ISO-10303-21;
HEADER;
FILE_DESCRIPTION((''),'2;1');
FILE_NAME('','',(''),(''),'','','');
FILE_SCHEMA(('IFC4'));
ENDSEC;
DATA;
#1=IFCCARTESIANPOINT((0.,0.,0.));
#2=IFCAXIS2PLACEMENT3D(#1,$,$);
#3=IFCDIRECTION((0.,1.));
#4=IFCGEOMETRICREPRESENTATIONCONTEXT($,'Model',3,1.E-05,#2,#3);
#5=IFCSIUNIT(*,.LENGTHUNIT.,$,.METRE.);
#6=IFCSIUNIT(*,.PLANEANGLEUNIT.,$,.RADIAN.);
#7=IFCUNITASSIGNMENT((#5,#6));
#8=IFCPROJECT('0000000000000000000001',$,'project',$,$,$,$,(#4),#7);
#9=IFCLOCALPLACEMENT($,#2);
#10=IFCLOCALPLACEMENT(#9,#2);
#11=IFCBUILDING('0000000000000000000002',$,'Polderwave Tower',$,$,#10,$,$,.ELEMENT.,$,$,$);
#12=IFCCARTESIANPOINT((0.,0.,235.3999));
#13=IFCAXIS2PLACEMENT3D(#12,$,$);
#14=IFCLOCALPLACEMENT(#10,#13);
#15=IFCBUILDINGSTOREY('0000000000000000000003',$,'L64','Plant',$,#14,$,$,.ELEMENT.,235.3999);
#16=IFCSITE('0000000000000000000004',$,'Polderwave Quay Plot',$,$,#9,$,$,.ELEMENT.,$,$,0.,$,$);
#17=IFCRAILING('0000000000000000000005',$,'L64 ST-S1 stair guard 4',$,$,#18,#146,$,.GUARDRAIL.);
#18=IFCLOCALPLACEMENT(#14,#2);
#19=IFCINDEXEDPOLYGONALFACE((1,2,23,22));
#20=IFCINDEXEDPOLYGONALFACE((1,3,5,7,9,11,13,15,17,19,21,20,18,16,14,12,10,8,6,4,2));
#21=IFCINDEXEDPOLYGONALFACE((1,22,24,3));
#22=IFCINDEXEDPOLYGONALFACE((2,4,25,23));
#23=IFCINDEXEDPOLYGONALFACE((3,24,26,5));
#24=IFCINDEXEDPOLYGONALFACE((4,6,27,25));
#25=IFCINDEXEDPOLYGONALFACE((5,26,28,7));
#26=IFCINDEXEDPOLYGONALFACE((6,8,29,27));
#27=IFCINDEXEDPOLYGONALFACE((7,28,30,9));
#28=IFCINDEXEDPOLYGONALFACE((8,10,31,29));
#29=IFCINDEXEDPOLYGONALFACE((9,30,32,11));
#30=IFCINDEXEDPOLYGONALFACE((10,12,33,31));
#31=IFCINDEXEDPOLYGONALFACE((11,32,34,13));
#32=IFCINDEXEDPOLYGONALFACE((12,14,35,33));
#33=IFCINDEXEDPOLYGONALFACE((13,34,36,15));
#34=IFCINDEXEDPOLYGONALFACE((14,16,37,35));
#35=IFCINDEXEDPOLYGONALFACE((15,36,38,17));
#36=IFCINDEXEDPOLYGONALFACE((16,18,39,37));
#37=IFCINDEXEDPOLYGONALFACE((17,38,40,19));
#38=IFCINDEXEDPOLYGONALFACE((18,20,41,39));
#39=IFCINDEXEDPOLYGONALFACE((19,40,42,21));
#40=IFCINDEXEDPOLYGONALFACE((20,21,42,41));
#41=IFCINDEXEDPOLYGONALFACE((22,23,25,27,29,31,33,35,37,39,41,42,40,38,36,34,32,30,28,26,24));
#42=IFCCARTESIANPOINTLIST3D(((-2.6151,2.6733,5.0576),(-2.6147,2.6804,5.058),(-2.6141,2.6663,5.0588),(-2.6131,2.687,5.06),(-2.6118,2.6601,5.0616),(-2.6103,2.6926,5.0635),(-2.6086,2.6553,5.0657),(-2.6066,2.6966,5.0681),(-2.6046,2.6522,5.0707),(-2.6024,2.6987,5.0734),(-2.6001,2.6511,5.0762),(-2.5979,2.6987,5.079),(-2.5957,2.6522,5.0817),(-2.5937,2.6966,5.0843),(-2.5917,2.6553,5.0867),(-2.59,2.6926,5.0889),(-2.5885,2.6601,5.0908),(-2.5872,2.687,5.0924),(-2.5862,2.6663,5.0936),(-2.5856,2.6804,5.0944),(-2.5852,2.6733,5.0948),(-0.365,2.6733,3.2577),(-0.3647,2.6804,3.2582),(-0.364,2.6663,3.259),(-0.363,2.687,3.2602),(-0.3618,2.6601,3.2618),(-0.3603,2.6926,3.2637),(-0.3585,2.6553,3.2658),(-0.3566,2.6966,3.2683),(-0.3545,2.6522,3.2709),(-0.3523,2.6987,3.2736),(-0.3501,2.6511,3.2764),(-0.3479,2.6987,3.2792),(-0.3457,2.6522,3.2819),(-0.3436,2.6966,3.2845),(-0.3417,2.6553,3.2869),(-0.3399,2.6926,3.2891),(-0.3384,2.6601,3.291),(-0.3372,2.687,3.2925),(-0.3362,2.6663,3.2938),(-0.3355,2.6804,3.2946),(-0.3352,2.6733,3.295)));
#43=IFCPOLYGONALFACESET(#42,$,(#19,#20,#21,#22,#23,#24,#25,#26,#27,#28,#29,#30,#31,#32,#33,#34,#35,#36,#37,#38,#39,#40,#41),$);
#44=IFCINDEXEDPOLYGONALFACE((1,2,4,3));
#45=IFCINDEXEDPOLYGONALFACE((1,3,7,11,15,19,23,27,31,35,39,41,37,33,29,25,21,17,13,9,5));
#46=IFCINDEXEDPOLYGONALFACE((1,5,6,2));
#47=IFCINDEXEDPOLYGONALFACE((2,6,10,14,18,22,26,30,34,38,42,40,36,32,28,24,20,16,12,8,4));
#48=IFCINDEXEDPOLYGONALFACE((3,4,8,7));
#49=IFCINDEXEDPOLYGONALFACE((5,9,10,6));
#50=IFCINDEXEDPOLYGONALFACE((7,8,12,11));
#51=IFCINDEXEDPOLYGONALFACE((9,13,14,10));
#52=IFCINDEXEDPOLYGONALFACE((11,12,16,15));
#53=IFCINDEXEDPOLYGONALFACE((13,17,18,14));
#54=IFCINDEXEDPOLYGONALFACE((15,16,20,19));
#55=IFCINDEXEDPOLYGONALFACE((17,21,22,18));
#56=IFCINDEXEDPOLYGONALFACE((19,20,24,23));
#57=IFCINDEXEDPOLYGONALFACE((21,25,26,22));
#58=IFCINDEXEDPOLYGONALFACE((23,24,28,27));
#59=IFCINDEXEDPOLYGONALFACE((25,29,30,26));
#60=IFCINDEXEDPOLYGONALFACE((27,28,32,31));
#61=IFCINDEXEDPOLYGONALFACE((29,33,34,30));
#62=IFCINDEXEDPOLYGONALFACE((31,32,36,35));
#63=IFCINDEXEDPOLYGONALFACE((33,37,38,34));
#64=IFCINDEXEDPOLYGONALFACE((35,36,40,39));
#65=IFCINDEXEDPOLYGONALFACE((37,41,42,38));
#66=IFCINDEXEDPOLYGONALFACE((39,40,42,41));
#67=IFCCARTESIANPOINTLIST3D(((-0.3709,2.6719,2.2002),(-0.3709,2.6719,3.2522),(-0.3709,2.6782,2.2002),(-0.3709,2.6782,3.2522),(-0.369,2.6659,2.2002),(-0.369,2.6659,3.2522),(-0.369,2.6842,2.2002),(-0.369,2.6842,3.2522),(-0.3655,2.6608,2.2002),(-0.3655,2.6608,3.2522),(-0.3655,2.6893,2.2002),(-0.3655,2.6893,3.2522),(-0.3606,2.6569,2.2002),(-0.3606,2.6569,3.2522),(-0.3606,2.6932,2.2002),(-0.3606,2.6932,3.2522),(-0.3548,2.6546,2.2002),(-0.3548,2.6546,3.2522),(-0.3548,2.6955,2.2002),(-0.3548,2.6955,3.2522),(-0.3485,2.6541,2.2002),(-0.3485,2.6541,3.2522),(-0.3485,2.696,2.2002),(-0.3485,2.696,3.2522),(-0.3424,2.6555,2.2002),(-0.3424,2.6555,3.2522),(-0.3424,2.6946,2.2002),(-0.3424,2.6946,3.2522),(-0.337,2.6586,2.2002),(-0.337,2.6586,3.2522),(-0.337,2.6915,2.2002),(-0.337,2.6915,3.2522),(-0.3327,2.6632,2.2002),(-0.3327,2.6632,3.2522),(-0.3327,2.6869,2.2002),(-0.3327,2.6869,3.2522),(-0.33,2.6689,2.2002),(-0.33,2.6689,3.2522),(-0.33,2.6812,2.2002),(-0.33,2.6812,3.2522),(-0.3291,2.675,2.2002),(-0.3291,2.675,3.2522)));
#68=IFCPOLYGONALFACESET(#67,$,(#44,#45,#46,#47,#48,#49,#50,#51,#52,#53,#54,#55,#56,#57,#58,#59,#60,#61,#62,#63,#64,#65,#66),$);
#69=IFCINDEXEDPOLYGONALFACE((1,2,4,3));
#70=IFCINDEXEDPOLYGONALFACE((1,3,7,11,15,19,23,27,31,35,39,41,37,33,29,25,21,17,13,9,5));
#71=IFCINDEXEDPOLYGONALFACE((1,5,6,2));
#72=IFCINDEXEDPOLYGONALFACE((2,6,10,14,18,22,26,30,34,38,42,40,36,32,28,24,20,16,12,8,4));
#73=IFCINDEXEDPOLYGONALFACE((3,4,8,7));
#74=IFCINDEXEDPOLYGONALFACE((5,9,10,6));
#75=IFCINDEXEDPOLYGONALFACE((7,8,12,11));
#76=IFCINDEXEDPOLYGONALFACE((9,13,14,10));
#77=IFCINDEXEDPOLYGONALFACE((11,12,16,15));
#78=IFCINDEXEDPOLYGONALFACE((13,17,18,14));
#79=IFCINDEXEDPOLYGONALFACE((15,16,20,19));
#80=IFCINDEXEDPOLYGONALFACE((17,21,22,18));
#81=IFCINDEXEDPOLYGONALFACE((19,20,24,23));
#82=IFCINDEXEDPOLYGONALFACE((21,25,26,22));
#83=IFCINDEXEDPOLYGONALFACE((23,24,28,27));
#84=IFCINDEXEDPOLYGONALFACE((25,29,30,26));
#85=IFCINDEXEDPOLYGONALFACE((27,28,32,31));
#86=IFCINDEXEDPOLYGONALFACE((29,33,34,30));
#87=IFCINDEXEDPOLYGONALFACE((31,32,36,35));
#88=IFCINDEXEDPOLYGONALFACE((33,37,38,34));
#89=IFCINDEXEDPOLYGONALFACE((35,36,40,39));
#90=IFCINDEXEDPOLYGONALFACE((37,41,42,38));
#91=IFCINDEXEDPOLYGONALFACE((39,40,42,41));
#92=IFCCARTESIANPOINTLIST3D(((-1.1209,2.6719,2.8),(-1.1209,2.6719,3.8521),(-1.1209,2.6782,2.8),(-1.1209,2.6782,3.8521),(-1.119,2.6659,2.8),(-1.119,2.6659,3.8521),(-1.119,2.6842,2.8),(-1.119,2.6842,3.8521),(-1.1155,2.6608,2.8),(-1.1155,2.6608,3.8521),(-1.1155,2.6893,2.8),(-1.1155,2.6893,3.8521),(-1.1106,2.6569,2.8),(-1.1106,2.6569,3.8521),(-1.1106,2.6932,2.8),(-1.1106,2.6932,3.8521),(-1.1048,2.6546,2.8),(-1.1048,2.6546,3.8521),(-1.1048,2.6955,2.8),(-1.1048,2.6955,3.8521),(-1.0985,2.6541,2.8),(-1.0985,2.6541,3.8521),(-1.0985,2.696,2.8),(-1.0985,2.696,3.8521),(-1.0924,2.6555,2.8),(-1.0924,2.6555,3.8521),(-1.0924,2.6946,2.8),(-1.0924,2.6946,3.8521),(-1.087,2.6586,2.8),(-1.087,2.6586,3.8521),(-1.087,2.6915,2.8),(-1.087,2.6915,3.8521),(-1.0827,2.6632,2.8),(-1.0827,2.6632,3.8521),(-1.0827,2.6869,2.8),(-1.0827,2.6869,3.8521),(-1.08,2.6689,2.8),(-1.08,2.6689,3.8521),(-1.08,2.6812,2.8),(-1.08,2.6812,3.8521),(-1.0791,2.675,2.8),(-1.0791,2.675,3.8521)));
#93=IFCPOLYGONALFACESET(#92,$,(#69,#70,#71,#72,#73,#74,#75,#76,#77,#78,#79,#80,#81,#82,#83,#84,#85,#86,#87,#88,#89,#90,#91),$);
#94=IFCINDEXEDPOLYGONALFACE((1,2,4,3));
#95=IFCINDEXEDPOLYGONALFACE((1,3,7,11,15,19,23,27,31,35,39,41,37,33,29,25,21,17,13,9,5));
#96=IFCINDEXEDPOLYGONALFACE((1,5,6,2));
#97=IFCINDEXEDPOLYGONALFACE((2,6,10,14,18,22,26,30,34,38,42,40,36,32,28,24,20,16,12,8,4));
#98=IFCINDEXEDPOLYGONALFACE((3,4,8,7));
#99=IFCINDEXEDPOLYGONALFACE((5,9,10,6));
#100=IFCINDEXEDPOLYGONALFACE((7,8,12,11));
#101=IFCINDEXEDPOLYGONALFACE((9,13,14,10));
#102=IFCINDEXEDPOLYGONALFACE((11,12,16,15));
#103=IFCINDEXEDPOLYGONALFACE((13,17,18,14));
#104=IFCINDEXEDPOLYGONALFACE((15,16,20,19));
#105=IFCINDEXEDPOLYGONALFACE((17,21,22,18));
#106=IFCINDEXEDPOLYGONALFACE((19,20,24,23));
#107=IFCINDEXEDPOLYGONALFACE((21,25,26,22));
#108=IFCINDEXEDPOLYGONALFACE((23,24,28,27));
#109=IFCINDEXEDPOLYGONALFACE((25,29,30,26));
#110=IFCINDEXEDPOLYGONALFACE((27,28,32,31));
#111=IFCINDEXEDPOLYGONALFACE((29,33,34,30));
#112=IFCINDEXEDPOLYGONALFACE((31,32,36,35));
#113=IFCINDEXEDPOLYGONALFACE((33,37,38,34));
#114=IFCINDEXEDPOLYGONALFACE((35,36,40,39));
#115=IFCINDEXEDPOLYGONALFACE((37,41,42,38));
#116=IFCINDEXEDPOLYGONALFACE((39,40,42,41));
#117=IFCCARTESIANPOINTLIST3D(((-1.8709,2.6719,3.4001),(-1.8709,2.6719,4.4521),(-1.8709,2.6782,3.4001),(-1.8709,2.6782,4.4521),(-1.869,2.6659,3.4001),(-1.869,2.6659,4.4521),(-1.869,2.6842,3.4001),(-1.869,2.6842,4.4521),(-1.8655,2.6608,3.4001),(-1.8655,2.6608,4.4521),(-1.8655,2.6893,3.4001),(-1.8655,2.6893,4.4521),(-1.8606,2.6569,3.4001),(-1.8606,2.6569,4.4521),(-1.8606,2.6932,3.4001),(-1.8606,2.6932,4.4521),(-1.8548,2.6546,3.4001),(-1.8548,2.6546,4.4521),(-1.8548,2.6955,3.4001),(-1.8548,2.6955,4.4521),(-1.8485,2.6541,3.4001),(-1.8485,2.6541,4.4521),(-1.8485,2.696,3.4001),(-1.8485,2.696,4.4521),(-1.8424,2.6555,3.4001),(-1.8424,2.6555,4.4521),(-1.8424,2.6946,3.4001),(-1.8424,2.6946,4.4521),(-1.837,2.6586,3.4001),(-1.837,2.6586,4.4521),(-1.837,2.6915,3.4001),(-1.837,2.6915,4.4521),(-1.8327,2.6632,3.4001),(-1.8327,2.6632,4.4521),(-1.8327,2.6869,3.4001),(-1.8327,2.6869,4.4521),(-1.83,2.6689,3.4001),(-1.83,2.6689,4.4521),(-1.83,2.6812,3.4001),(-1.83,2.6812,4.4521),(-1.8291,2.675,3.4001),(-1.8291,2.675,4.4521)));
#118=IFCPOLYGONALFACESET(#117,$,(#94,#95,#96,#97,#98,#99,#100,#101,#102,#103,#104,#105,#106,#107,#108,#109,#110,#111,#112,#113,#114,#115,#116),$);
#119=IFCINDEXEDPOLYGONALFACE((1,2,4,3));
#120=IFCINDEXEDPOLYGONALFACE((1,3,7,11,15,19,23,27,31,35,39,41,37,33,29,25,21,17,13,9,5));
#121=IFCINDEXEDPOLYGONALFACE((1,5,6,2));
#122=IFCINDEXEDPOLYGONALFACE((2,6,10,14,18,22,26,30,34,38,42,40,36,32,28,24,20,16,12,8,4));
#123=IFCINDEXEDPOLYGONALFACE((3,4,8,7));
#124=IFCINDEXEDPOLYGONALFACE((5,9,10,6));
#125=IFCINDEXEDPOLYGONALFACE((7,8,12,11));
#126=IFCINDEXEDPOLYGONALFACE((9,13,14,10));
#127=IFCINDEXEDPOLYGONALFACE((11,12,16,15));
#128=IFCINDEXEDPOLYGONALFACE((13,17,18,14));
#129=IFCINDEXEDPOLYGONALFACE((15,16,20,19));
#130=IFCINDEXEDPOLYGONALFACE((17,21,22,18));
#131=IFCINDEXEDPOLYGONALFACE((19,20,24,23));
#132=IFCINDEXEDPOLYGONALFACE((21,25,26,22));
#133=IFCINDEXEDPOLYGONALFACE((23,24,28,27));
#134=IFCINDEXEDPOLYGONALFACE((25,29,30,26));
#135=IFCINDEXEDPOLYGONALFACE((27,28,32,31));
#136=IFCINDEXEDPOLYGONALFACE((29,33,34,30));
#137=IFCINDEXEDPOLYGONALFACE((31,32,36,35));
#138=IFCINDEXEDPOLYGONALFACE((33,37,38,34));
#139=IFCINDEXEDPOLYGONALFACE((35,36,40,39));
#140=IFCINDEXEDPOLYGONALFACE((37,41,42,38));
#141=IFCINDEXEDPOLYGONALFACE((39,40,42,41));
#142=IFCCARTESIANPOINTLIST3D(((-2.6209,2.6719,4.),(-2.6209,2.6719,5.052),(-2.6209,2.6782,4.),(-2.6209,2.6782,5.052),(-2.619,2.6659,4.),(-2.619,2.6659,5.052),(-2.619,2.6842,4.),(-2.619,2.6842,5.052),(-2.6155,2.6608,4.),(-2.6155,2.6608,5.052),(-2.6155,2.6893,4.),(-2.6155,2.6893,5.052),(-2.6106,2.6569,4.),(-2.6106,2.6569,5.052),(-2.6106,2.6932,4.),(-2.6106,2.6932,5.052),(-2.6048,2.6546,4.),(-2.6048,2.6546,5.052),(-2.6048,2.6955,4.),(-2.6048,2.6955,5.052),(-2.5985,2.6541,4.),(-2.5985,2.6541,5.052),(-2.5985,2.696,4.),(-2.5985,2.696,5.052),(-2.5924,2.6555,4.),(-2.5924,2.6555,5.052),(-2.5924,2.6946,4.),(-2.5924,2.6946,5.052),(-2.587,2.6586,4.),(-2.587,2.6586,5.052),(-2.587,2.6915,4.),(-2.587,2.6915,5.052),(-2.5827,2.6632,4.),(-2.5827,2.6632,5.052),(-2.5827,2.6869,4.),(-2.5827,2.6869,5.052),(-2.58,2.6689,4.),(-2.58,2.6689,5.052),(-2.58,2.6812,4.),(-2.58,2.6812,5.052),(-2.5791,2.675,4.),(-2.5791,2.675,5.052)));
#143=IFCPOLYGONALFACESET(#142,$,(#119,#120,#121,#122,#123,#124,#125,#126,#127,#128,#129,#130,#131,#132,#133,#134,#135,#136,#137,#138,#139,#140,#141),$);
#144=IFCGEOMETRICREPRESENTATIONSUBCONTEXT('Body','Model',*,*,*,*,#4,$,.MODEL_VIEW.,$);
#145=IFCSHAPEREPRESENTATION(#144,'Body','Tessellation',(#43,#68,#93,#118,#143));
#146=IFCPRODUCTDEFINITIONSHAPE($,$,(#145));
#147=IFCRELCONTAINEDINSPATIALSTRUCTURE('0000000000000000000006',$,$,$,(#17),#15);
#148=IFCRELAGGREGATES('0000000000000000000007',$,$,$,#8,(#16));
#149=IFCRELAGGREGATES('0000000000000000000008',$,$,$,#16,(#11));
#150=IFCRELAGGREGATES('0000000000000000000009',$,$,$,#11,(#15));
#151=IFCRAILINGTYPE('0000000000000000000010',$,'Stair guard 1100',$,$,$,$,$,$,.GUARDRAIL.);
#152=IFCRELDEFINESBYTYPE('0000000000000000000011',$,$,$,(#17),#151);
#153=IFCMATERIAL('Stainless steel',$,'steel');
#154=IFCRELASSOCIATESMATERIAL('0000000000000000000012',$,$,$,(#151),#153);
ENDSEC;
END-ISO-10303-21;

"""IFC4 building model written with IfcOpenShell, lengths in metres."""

from ifc_helpers import new_model, si_unit, direction, frame, origin, origin_2d, place, context, subcontext, project, spatial, circle, extrude, material, type_object, element, save


model = new_model("IFC4")

# Units and contexts
model_context = context("Model", 3, precision=1e-05, world=origin(), true_north=direction((0.0, 1.0)))
body_context = subcontext(model_context, "Body", "Model", "MODEL_VIEW")
ifc_project = project(units=[si_unit("LENGTHUNIT", "METRE"), si_unit("PLANEANGLEUNIT", "RADIAN")], contexts=[model_context])

# Site, building, storey
site_placement = place(None, origin())
site = spatial("IfcSite", under=ifc_project, at=site_placement, Name="Polderwave Quay Plot", CompositionType="ELEMENT", RefElevation=0.0)
building_placement = place(site_placement, origin())
building = spatial("IfcBuilding", under=site, at=building_placement, Name="Polderwave Tower", CompositionType="ELEMENT")
storey_placement = place(building_placement, frame((0.0, 0.0, 235.3999)))
storey = spatial("IfcBuildingStorey", under=building, at=storey_placement, Name="L64", Description="Plant", CompositionType="ELEMENT", Elevation=235.3999)

# Railing
ifc_material_1 = material(Name="Stainless steel", Category="steel")
railing_type_1 = type_object("IfcRailingType", Name="Stair guard 1100", PredefinedType="GUARDRAIL", material=ifc_material_1)
railing_1_placement = place(storey_placement, frame((-0.3501, 2.675, 2.2002)))
element("IfcRailing", 1, at=railing_1_placement, inside=storey, type_object=railing_type_1, Name="L64 ST-S1 stair guard 4", PredefinedType="GUARDRAIL", context=body_context, shape_type="SweptSolid", body=[
    extrude(circle(Radius=0.0239, at=origin_2d()), frame((0.0, 0.0, 1.0762), z_axis=(-0.780902, 0.0, 0.624654), x_axis=(0.0, -1.0, 0.0)), (0.0, 0.0, 1.0), 2.8813),
    extrude(circle(Radius=0.021, at=origin_2d()), origin(), (0.0, 0.0, 1.0), 1.052),
    extrude(circle(Radius=0.021, at=origin_2d()), frame((-0.75, 0.0, 0.5999)), (0.0, 0.0, 1.0), 1.052),
    extrude(circle(Radius=0.021, at=origin_2d()), frame((-1.5, 0.0, 1.2)), (0.0, 0.0, 1.0), 1.052),
    extrude(circle(Radius=0.021, at=origin_2d()), frame((-2.25, 0.0, 1.7998)), (0.0, 0.0, 1.0), 1.052),
])

save(model, "model.ifc")
